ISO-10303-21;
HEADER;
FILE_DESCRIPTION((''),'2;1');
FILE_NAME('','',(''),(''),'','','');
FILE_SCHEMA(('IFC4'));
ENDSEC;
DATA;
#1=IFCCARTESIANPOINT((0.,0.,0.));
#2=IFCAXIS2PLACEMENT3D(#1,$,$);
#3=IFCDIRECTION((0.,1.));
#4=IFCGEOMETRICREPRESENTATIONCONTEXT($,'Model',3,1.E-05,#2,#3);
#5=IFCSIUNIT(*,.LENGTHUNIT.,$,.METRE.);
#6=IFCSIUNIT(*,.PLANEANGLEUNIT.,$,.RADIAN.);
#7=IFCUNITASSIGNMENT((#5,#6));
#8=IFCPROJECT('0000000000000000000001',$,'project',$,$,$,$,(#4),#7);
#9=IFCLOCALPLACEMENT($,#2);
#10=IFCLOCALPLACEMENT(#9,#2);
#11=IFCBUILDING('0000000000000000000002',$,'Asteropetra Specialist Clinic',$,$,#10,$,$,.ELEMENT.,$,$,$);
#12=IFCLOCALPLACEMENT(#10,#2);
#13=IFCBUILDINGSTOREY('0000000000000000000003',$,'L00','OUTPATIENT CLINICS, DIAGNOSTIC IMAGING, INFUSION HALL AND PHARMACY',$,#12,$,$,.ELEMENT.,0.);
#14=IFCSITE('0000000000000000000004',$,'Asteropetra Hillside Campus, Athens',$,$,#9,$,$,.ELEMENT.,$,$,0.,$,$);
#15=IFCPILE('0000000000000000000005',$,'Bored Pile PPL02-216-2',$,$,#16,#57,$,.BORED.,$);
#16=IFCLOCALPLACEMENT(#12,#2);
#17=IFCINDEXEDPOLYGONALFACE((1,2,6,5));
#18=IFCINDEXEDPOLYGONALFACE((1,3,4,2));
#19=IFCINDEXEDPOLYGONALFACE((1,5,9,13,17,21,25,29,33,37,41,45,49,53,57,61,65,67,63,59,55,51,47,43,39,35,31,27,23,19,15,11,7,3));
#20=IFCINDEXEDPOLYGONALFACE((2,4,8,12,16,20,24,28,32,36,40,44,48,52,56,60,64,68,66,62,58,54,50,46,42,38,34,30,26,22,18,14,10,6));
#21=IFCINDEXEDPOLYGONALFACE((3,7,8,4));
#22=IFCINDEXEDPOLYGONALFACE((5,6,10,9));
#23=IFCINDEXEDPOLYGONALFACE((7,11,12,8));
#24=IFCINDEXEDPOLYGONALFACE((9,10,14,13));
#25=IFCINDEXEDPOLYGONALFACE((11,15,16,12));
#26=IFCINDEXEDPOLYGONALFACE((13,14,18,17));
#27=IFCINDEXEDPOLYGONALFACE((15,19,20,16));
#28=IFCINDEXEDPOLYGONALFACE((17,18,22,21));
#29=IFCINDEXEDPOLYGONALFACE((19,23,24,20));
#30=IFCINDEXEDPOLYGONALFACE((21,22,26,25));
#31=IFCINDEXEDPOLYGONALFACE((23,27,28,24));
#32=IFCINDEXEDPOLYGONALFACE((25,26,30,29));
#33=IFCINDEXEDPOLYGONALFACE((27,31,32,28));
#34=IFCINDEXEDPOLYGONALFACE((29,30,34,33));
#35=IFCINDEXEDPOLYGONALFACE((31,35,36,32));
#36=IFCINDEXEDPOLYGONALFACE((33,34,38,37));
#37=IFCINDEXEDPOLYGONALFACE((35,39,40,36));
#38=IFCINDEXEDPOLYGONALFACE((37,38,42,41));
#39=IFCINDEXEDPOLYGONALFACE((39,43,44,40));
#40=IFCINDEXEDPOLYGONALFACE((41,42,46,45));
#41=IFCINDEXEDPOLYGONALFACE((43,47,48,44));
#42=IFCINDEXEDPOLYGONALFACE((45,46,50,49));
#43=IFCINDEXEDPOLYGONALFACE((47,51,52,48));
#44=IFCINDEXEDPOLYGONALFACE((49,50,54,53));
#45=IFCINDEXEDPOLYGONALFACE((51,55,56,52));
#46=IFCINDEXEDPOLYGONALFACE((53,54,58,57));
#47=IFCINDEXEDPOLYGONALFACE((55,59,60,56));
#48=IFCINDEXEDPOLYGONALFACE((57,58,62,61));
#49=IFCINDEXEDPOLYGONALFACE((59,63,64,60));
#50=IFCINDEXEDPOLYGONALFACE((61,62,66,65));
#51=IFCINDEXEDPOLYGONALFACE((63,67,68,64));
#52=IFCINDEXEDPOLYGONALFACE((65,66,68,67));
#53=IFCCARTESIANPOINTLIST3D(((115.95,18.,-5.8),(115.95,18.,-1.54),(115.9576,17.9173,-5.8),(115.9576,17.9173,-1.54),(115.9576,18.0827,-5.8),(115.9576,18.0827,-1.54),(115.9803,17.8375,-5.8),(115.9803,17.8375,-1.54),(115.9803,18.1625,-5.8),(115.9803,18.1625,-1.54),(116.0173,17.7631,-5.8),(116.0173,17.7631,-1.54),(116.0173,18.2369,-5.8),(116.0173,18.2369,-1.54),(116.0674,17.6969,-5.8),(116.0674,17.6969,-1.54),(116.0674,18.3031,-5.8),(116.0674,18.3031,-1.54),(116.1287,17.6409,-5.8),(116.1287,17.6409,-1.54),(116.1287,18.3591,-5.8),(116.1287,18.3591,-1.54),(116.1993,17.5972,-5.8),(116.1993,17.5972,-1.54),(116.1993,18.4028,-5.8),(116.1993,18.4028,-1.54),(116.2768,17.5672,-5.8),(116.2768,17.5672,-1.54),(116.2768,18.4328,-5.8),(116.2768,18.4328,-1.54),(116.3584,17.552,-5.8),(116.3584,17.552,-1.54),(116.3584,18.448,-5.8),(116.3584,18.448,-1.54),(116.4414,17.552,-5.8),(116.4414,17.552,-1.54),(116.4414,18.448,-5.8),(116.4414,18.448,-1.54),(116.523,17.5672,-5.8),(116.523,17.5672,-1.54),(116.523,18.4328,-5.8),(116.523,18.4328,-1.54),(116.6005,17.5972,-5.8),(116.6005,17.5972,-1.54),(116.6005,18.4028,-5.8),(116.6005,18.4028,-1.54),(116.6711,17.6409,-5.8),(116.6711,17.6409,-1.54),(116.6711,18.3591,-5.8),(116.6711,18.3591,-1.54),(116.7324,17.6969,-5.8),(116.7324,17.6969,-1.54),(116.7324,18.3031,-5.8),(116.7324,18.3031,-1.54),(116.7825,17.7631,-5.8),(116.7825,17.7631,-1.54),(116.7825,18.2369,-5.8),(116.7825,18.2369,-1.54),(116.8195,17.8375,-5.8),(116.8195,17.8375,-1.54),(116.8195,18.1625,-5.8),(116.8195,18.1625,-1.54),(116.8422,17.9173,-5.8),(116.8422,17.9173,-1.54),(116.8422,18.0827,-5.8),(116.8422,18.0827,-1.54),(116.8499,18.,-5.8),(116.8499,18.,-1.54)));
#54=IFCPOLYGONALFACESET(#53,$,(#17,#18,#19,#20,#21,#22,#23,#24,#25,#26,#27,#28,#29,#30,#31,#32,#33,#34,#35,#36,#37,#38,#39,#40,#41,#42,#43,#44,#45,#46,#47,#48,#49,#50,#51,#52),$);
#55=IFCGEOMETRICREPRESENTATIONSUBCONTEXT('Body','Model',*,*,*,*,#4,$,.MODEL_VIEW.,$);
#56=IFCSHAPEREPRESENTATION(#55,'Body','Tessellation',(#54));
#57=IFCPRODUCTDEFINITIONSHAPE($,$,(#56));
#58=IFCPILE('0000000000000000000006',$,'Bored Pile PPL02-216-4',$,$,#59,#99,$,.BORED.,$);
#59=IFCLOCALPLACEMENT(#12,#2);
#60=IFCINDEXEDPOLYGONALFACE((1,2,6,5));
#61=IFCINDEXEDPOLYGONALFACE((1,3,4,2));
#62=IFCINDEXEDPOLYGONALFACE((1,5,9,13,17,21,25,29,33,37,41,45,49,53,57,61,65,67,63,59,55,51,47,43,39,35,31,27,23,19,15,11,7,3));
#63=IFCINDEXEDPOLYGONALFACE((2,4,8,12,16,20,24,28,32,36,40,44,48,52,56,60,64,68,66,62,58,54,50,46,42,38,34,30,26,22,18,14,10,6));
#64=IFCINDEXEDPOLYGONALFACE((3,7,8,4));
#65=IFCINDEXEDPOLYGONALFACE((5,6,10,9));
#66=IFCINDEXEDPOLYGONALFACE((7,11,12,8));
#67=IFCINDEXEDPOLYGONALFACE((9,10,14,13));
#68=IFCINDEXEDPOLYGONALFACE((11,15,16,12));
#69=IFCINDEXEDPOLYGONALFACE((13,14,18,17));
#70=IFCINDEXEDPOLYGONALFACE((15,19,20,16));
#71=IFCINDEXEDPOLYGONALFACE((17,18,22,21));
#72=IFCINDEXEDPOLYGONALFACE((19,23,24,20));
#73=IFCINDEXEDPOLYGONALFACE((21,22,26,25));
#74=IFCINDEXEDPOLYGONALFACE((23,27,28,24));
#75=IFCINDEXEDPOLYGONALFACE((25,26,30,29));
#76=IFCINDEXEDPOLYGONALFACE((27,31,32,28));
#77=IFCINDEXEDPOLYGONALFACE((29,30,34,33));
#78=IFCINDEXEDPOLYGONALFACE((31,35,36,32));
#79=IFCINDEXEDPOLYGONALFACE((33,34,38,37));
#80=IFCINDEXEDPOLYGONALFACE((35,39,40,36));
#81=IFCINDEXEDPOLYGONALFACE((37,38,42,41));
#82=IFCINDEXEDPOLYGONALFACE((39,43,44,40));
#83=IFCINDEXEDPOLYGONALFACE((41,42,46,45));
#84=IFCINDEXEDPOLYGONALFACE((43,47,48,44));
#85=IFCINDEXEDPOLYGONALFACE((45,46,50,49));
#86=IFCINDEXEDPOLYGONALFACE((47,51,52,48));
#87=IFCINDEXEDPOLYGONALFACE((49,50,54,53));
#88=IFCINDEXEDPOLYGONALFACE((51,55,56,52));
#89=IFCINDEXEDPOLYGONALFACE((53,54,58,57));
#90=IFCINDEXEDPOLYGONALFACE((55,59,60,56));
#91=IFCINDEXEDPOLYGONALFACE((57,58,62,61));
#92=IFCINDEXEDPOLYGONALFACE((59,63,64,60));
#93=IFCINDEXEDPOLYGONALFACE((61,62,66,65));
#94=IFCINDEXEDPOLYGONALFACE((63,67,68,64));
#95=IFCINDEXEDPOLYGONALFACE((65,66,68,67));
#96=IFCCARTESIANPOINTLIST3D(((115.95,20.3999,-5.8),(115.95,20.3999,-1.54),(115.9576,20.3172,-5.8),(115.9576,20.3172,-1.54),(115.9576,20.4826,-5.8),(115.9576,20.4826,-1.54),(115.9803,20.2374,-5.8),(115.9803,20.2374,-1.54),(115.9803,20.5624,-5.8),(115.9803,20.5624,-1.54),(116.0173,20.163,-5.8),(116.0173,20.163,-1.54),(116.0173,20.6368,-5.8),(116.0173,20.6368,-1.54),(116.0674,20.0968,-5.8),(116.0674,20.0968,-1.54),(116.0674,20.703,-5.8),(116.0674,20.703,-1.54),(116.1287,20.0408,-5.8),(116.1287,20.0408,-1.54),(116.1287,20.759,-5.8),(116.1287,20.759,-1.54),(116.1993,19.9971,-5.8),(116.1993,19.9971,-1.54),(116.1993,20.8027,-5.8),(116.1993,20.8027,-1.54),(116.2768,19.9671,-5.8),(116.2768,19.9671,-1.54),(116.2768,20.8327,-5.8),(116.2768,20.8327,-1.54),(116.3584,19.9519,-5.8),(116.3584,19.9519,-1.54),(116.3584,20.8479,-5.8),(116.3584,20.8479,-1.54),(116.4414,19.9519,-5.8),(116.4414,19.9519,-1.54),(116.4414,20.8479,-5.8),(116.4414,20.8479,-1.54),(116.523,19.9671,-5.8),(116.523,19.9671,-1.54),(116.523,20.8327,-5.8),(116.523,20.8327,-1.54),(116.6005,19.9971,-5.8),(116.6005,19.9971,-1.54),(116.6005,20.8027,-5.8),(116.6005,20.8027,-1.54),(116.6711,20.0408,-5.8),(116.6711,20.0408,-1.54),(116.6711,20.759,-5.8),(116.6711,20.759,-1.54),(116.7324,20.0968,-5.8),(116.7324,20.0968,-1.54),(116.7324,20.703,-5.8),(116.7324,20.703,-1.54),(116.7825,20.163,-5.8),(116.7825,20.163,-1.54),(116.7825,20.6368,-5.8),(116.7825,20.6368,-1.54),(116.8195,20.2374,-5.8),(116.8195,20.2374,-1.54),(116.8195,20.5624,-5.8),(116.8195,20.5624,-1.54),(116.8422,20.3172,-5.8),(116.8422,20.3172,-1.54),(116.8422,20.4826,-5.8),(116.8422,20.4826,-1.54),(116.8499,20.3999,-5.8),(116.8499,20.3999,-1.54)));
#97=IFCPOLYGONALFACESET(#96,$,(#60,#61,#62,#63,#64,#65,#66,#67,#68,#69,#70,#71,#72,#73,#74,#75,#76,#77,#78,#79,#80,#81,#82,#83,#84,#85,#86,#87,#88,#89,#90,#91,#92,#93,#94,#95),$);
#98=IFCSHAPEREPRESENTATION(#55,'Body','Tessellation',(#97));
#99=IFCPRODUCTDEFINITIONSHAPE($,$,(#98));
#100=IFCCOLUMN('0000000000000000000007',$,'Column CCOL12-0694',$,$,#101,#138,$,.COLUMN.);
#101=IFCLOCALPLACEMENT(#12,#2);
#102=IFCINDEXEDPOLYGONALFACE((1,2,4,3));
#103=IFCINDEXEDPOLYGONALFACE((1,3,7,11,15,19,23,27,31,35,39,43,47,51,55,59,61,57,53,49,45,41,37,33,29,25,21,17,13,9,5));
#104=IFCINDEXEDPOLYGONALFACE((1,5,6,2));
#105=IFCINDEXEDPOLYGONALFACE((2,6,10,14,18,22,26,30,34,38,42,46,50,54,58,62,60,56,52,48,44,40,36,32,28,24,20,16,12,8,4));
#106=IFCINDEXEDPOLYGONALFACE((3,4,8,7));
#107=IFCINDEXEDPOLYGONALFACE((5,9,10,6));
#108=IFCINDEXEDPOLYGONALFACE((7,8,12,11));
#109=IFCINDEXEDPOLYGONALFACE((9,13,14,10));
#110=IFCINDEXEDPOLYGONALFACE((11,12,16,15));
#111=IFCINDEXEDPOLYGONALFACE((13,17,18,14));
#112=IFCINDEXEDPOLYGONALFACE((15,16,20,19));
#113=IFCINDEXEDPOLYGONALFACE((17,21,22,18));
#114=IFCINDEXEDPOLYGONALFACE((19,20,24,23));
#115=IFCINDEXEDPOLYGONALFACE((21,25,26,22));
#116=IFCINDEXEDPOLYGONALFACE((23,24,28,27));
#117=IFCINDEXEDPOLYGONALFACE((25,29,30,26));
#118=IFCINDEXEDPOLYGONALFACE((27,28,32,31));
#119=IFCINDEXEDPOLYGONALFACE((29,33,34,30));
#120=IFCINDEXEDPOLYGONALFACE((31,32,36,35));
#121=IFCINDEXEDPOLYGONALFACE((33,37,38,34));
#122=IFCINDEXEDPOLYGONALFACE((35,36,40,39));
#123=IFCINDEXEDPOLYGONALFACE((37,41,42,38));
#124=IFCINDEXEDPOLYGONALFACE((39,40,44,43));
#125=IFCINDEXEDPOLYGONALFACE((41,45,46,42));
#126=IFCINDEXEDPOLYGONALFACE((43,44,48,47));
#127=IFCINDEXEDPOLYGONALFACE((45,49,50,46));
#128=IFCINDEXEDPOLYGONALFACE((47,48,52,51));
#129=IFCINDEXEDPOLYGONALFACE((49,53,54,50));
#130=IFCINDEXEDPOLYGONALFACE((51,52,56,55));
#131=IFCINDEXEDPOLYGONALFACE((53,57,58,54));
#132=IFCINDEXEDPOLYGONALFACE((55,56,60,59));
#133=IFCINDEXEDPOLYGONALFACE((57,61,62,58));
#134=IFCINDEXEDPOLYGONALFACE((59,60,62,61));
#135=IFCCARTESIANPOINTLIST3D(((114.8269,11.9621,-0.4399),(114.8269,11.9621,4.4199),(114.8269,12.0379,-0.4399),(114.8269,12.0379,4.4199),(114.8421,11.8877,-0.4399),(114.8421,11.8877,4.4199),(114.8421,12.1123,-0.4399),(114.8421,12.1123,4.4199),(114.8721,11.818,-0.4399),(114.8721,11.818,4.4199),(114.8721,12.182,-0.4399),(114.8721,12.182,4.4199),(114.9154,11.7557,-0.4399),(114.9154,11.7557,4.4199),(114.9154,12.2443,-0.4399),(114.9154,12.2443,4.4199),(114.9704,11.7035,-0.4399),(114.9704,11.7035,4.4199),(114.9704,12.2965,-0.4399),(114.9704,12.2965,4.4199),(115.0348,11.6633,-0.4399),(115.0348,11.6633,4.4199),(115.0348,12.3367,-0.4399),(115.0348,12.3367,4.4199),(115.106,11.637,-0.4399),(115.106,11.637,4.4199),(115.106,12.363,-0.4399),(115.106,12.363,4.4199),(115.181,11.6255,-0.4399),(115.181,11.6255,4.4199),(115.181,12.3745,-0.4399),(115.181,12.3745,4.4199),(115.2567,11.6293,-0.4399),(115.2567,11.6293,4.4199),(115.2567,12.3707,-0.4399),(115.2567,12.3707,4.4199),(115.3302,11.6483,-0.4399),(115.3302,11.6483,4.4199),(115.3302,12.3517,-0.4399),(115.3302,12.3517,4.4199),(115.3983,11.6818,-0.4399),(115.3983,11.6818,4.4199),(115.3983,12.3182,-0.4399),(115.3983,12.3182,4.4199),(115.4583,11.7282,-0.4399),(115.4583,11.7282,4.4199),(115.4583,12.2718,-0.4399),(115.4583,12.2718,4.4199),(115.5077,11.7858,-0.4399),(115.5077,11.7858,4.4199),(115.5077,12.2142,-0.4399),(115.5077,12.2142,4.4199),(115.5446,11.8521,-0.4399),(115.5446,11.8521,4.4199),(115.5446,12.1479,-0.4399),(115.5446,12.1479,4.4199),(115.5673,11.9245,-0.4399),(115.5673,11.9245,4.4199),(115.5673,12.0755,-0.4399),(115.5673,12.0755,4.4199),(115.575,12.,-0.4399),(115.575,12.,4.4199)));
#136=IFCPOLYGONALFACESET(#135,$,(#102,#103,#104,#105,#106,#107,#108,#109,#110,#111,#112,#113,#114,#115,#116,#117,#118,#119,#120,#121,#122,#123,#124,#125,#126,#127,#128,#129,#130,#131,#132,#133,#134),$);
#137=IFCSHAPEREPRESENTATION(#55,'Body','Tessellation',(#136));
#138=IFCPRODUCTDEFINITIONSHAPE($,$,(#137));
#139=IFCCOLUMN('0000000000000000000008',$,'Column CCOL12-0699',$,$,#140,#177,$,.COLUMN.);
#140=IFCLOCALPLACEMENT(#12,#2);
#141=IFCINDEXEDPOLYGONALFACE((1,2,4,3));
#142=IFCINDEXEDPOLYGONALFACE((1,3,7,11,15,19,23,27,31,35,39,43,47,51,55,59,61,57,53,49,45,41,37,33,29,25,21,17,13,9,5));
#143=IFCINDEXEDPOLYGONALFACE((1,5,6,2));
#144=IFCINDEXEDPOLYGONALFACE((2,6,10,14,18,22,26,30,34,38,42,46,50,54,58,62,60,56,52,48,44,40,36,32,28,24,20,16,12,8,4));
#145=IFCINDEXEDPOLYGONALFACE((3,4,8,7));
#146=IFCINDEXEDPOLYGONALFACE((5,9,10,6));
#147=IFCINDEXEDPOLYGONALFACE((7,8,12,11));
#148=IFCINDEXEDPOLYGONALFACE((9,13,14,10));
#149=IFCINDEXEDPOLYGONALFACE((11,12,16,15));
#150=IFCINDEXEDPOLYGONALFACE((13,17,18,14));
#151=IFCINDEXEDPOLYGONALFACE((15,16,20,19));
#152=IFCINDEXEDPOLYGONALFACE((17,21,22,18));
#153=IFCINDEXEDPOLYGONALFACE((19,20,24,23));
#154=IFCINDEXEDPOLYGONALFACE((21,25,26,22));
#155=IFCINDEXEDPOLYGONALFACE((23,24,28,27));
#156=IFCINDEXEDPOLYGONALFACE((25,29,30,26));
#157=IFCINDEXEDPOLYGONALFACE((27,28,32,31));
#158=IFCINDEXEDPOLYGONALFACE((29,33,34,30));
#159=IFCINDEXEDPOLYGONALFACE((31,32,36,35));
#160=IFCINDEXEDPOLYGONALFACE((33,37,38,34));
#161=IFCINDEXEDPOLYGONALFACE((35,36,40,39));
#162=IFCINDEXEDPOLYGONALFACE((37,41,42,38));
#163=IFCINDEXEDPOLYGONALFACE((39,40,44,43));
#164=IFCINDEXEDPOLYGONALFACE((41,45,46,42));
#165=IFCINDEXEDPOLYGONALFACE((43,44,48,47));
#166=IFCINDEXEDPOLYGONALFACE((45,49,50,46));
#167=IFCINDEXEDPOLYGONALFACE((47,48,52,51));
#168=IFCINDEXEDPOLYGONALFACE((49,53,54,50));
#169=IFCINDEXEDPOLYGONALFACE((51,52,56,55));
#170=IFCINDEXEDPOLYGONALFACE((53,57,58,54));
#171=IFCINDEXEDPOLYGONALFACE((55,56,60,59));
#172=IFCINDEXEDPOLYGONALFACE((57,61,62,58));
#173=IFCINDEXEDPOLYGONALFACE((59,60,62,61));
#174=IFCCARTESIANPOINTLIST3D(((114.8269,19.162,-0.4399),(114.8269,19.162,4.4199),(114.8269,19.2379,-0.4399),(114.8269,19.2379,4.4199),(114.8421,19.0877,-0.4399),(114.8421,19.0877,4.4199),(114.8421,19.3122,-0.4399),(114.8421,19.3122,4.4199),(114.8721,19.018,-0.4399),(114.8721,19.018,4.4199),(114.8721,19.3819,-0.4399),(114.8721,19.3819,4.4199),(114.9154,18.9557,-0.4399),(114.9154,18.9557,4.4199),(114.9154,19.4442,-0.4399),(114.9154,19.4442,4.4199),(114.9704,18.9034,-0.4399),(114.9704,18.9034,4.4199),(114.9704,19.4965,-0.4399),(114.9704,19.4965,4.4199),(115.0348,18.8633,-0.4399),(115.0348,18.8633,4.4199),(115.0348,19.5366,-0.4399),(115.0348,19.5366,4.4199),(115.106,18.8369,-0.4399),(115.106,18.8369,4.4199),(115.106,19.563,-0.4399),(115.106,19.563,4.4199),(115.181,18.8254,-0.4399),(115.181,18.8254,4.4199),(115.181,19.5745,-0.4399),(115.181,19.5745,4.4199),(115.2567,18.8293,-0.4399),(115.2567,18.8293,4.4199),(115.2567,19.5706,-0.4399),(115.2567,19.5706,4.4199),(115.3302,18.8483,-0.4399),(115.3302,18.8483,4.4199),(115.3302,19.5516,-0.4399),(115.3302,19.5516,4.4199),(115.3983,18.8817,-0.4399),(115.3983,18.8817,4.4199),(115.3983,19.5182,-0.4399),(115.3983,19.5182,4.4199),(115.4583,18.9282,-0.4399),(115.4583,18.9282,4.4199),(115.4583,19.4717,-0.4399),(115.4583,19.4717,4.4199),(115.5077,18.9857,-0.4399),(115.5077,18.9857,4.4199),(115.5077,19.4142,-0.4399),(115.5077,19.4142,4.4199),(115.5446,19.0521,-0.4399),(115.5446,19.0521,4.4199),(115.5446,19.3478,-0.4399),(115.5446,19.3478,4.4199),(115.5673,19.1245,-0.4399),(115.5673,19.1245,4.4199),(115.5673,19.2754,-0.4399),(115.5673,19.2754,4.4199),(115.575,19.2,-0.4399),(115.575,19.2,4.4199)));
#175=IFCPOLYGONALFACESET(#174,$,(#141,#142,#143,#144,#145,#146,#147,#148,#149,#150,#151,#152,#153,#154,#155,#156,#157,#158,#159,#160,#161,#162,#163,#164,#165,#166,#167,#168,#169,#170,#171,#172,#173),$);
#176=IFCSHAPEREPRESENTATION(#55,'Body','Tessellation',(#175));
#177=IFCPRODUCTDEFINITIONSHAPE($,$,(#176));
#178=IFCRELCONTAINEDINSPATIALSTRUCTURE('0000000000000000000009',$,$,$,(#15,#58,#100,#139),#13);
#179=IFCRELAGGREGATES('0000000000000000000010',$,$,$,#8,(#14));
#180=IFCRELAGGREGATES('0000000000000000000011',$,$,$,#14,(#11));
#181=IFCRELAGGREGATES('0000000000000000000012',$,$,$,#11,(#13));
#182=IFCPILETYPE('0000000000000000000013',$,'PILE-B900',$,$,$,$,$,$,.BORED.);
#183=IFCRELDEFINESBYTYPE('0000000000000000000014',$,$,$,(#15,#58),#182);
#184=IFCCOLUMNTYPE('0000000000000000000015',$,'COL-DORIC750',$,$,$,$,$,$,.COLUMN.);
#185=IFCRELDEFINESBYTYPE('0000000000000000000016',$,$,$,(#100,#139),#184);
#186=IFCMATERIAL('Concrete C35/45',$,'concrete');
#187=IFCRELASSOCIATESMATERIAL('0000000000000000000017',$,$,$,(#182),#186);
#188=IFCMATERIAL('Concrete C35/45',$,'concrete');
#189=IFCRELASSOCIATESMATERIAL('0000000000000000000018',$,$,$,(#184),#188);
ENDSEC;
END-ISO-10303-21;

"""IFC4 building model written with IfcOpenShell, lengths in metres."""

from ifc_helpers import new_model, si_unit, direction, frame, origin, origin_2d, place, context, subcontext, project, spatial, circle, extrude, material, material_profile, profile_set, type_object, element, save


model = new_model("IFC4")

# Units and contexts
model_context = context("Model", 3, precision=1e-05, world=origin(), true_north=direction((0.0, 1.0)))
body_context = subcontext(model_context, "Body", "Model", "MODEL_VIEW")
ifc_project = project(units=[si_unit("LENGTHUNIT", "METRE"), si_unit("PLANEANGLEUNIT", "RADIAN")], contexts=[model_context])

# Site, building, storey
site_placement = place(None, origin())
site = spatial("IfcSite", under=ifc_project, at=site_placement, Name="Asteropetra Hillside Campus, Athens", CompositionType="ELEMENT", RefElevation=0.0)
building_placement = place(site_placement, origin())
building = spatial("IfcBuilding", under=site, at=building_placement, Name="Asteropetra Specialist Clinic", CompositionType="ELEMENT")
storey_placement = place(building_placement, origin())
storey = spatial("IfcBuildingStorey", under=building, at=storey_placement, Name="L00", Description="OUTPATIENT CLINICS, DIAGNOSTIC IMAGING, INFUSION HALL AND PHARMACY", CompositionType="ELEMENT", Elevation=0.0)

# Piles
ifc_material_1 = material(Name="Concrete C35/45", Category="concrete")
ifc_material_profile_1 = material_profile(ifc_material_1, circle(Radius=0.45, at=origin_2d()), Name="PILE D900")
ifc_profile_set_1 = profile_set([ifc_material_profile_1], Name="Concrete C35/45")
pile_type_1 = type_object("IfcPileType", Name="PILE-B900", PredefinedType="BORED", material=ifc_profile_set_1)
for number, where, z_axis, x_axis, name in (
    (1, (116.3999, 18.0, -1.54), (0.0, 0.0, -1.0), (1.0, 0.0, 0.0), "Bored Pile PPL02-216-2"),
    (2, (116.3999, 20.3999, -1.54), (0.0, 0.0, -1.0), (1.0, 0.0, 0.0), "Bored Pile PPL02-216-4"),
):
    element("IfcPile", number, at=place(storey_placement, frame(where, z_axis=z_axis, x_axis=x_axis)), inside=storey, type_object=pile_type_1, Name=name, PredefinedType="BORED", context=body_context, shape_type="SweptSolid", body=[
        extrude(circle(Radius=0.45, at=origin_2d()), origin(), (0.0, 0.0, 1.0), 4.26),
    ])

# Columns
ifc_material_2 = material(Name="Concrete C35/45", Category="concrete")
ifc_material_profile_2 = material_profile(ifc_material_2, circle(Radius=0.375, at=origin_2d()), Name="RCC D750")
ifc_profile_set_2 = profile_set([ifc_material_profile_2], Name="Concrete C35/45")
column_type = type_object("IfcColumnType", Name="COL-DORIC750", PredefinedType="COLUMN", material=ifc_profile_set_2)
for number, where, z_axis, x_axis, name in (
    (3, (115.2, 12.0, -0.4399), (0.0, 0.0, 1.0), (1.0, 0.0, 0.0), "Column CCOL12-0694"),
    (4, (115.2, 19.2, -0.4399), (0.0, 0.0, 1.0), (1.0, 0.0, 0.0), "Column CCOL12-0699"),
):
    element("IfcColumn", number, at=place(storey_placement, frame(where, z_axis=z_axis, x_axis=x_axis)), inside=storey, type_object=column_type, Name=name, PredefinedType="COLUMN", context=body_context, shape_type="SweptSolid", body=[
        extrude(circle(Radius=0.375, at=origin_2d()), origin(), (0.0, 0.0, 1.0), 4.8599),
    ])

save(model, "model.ifc")
